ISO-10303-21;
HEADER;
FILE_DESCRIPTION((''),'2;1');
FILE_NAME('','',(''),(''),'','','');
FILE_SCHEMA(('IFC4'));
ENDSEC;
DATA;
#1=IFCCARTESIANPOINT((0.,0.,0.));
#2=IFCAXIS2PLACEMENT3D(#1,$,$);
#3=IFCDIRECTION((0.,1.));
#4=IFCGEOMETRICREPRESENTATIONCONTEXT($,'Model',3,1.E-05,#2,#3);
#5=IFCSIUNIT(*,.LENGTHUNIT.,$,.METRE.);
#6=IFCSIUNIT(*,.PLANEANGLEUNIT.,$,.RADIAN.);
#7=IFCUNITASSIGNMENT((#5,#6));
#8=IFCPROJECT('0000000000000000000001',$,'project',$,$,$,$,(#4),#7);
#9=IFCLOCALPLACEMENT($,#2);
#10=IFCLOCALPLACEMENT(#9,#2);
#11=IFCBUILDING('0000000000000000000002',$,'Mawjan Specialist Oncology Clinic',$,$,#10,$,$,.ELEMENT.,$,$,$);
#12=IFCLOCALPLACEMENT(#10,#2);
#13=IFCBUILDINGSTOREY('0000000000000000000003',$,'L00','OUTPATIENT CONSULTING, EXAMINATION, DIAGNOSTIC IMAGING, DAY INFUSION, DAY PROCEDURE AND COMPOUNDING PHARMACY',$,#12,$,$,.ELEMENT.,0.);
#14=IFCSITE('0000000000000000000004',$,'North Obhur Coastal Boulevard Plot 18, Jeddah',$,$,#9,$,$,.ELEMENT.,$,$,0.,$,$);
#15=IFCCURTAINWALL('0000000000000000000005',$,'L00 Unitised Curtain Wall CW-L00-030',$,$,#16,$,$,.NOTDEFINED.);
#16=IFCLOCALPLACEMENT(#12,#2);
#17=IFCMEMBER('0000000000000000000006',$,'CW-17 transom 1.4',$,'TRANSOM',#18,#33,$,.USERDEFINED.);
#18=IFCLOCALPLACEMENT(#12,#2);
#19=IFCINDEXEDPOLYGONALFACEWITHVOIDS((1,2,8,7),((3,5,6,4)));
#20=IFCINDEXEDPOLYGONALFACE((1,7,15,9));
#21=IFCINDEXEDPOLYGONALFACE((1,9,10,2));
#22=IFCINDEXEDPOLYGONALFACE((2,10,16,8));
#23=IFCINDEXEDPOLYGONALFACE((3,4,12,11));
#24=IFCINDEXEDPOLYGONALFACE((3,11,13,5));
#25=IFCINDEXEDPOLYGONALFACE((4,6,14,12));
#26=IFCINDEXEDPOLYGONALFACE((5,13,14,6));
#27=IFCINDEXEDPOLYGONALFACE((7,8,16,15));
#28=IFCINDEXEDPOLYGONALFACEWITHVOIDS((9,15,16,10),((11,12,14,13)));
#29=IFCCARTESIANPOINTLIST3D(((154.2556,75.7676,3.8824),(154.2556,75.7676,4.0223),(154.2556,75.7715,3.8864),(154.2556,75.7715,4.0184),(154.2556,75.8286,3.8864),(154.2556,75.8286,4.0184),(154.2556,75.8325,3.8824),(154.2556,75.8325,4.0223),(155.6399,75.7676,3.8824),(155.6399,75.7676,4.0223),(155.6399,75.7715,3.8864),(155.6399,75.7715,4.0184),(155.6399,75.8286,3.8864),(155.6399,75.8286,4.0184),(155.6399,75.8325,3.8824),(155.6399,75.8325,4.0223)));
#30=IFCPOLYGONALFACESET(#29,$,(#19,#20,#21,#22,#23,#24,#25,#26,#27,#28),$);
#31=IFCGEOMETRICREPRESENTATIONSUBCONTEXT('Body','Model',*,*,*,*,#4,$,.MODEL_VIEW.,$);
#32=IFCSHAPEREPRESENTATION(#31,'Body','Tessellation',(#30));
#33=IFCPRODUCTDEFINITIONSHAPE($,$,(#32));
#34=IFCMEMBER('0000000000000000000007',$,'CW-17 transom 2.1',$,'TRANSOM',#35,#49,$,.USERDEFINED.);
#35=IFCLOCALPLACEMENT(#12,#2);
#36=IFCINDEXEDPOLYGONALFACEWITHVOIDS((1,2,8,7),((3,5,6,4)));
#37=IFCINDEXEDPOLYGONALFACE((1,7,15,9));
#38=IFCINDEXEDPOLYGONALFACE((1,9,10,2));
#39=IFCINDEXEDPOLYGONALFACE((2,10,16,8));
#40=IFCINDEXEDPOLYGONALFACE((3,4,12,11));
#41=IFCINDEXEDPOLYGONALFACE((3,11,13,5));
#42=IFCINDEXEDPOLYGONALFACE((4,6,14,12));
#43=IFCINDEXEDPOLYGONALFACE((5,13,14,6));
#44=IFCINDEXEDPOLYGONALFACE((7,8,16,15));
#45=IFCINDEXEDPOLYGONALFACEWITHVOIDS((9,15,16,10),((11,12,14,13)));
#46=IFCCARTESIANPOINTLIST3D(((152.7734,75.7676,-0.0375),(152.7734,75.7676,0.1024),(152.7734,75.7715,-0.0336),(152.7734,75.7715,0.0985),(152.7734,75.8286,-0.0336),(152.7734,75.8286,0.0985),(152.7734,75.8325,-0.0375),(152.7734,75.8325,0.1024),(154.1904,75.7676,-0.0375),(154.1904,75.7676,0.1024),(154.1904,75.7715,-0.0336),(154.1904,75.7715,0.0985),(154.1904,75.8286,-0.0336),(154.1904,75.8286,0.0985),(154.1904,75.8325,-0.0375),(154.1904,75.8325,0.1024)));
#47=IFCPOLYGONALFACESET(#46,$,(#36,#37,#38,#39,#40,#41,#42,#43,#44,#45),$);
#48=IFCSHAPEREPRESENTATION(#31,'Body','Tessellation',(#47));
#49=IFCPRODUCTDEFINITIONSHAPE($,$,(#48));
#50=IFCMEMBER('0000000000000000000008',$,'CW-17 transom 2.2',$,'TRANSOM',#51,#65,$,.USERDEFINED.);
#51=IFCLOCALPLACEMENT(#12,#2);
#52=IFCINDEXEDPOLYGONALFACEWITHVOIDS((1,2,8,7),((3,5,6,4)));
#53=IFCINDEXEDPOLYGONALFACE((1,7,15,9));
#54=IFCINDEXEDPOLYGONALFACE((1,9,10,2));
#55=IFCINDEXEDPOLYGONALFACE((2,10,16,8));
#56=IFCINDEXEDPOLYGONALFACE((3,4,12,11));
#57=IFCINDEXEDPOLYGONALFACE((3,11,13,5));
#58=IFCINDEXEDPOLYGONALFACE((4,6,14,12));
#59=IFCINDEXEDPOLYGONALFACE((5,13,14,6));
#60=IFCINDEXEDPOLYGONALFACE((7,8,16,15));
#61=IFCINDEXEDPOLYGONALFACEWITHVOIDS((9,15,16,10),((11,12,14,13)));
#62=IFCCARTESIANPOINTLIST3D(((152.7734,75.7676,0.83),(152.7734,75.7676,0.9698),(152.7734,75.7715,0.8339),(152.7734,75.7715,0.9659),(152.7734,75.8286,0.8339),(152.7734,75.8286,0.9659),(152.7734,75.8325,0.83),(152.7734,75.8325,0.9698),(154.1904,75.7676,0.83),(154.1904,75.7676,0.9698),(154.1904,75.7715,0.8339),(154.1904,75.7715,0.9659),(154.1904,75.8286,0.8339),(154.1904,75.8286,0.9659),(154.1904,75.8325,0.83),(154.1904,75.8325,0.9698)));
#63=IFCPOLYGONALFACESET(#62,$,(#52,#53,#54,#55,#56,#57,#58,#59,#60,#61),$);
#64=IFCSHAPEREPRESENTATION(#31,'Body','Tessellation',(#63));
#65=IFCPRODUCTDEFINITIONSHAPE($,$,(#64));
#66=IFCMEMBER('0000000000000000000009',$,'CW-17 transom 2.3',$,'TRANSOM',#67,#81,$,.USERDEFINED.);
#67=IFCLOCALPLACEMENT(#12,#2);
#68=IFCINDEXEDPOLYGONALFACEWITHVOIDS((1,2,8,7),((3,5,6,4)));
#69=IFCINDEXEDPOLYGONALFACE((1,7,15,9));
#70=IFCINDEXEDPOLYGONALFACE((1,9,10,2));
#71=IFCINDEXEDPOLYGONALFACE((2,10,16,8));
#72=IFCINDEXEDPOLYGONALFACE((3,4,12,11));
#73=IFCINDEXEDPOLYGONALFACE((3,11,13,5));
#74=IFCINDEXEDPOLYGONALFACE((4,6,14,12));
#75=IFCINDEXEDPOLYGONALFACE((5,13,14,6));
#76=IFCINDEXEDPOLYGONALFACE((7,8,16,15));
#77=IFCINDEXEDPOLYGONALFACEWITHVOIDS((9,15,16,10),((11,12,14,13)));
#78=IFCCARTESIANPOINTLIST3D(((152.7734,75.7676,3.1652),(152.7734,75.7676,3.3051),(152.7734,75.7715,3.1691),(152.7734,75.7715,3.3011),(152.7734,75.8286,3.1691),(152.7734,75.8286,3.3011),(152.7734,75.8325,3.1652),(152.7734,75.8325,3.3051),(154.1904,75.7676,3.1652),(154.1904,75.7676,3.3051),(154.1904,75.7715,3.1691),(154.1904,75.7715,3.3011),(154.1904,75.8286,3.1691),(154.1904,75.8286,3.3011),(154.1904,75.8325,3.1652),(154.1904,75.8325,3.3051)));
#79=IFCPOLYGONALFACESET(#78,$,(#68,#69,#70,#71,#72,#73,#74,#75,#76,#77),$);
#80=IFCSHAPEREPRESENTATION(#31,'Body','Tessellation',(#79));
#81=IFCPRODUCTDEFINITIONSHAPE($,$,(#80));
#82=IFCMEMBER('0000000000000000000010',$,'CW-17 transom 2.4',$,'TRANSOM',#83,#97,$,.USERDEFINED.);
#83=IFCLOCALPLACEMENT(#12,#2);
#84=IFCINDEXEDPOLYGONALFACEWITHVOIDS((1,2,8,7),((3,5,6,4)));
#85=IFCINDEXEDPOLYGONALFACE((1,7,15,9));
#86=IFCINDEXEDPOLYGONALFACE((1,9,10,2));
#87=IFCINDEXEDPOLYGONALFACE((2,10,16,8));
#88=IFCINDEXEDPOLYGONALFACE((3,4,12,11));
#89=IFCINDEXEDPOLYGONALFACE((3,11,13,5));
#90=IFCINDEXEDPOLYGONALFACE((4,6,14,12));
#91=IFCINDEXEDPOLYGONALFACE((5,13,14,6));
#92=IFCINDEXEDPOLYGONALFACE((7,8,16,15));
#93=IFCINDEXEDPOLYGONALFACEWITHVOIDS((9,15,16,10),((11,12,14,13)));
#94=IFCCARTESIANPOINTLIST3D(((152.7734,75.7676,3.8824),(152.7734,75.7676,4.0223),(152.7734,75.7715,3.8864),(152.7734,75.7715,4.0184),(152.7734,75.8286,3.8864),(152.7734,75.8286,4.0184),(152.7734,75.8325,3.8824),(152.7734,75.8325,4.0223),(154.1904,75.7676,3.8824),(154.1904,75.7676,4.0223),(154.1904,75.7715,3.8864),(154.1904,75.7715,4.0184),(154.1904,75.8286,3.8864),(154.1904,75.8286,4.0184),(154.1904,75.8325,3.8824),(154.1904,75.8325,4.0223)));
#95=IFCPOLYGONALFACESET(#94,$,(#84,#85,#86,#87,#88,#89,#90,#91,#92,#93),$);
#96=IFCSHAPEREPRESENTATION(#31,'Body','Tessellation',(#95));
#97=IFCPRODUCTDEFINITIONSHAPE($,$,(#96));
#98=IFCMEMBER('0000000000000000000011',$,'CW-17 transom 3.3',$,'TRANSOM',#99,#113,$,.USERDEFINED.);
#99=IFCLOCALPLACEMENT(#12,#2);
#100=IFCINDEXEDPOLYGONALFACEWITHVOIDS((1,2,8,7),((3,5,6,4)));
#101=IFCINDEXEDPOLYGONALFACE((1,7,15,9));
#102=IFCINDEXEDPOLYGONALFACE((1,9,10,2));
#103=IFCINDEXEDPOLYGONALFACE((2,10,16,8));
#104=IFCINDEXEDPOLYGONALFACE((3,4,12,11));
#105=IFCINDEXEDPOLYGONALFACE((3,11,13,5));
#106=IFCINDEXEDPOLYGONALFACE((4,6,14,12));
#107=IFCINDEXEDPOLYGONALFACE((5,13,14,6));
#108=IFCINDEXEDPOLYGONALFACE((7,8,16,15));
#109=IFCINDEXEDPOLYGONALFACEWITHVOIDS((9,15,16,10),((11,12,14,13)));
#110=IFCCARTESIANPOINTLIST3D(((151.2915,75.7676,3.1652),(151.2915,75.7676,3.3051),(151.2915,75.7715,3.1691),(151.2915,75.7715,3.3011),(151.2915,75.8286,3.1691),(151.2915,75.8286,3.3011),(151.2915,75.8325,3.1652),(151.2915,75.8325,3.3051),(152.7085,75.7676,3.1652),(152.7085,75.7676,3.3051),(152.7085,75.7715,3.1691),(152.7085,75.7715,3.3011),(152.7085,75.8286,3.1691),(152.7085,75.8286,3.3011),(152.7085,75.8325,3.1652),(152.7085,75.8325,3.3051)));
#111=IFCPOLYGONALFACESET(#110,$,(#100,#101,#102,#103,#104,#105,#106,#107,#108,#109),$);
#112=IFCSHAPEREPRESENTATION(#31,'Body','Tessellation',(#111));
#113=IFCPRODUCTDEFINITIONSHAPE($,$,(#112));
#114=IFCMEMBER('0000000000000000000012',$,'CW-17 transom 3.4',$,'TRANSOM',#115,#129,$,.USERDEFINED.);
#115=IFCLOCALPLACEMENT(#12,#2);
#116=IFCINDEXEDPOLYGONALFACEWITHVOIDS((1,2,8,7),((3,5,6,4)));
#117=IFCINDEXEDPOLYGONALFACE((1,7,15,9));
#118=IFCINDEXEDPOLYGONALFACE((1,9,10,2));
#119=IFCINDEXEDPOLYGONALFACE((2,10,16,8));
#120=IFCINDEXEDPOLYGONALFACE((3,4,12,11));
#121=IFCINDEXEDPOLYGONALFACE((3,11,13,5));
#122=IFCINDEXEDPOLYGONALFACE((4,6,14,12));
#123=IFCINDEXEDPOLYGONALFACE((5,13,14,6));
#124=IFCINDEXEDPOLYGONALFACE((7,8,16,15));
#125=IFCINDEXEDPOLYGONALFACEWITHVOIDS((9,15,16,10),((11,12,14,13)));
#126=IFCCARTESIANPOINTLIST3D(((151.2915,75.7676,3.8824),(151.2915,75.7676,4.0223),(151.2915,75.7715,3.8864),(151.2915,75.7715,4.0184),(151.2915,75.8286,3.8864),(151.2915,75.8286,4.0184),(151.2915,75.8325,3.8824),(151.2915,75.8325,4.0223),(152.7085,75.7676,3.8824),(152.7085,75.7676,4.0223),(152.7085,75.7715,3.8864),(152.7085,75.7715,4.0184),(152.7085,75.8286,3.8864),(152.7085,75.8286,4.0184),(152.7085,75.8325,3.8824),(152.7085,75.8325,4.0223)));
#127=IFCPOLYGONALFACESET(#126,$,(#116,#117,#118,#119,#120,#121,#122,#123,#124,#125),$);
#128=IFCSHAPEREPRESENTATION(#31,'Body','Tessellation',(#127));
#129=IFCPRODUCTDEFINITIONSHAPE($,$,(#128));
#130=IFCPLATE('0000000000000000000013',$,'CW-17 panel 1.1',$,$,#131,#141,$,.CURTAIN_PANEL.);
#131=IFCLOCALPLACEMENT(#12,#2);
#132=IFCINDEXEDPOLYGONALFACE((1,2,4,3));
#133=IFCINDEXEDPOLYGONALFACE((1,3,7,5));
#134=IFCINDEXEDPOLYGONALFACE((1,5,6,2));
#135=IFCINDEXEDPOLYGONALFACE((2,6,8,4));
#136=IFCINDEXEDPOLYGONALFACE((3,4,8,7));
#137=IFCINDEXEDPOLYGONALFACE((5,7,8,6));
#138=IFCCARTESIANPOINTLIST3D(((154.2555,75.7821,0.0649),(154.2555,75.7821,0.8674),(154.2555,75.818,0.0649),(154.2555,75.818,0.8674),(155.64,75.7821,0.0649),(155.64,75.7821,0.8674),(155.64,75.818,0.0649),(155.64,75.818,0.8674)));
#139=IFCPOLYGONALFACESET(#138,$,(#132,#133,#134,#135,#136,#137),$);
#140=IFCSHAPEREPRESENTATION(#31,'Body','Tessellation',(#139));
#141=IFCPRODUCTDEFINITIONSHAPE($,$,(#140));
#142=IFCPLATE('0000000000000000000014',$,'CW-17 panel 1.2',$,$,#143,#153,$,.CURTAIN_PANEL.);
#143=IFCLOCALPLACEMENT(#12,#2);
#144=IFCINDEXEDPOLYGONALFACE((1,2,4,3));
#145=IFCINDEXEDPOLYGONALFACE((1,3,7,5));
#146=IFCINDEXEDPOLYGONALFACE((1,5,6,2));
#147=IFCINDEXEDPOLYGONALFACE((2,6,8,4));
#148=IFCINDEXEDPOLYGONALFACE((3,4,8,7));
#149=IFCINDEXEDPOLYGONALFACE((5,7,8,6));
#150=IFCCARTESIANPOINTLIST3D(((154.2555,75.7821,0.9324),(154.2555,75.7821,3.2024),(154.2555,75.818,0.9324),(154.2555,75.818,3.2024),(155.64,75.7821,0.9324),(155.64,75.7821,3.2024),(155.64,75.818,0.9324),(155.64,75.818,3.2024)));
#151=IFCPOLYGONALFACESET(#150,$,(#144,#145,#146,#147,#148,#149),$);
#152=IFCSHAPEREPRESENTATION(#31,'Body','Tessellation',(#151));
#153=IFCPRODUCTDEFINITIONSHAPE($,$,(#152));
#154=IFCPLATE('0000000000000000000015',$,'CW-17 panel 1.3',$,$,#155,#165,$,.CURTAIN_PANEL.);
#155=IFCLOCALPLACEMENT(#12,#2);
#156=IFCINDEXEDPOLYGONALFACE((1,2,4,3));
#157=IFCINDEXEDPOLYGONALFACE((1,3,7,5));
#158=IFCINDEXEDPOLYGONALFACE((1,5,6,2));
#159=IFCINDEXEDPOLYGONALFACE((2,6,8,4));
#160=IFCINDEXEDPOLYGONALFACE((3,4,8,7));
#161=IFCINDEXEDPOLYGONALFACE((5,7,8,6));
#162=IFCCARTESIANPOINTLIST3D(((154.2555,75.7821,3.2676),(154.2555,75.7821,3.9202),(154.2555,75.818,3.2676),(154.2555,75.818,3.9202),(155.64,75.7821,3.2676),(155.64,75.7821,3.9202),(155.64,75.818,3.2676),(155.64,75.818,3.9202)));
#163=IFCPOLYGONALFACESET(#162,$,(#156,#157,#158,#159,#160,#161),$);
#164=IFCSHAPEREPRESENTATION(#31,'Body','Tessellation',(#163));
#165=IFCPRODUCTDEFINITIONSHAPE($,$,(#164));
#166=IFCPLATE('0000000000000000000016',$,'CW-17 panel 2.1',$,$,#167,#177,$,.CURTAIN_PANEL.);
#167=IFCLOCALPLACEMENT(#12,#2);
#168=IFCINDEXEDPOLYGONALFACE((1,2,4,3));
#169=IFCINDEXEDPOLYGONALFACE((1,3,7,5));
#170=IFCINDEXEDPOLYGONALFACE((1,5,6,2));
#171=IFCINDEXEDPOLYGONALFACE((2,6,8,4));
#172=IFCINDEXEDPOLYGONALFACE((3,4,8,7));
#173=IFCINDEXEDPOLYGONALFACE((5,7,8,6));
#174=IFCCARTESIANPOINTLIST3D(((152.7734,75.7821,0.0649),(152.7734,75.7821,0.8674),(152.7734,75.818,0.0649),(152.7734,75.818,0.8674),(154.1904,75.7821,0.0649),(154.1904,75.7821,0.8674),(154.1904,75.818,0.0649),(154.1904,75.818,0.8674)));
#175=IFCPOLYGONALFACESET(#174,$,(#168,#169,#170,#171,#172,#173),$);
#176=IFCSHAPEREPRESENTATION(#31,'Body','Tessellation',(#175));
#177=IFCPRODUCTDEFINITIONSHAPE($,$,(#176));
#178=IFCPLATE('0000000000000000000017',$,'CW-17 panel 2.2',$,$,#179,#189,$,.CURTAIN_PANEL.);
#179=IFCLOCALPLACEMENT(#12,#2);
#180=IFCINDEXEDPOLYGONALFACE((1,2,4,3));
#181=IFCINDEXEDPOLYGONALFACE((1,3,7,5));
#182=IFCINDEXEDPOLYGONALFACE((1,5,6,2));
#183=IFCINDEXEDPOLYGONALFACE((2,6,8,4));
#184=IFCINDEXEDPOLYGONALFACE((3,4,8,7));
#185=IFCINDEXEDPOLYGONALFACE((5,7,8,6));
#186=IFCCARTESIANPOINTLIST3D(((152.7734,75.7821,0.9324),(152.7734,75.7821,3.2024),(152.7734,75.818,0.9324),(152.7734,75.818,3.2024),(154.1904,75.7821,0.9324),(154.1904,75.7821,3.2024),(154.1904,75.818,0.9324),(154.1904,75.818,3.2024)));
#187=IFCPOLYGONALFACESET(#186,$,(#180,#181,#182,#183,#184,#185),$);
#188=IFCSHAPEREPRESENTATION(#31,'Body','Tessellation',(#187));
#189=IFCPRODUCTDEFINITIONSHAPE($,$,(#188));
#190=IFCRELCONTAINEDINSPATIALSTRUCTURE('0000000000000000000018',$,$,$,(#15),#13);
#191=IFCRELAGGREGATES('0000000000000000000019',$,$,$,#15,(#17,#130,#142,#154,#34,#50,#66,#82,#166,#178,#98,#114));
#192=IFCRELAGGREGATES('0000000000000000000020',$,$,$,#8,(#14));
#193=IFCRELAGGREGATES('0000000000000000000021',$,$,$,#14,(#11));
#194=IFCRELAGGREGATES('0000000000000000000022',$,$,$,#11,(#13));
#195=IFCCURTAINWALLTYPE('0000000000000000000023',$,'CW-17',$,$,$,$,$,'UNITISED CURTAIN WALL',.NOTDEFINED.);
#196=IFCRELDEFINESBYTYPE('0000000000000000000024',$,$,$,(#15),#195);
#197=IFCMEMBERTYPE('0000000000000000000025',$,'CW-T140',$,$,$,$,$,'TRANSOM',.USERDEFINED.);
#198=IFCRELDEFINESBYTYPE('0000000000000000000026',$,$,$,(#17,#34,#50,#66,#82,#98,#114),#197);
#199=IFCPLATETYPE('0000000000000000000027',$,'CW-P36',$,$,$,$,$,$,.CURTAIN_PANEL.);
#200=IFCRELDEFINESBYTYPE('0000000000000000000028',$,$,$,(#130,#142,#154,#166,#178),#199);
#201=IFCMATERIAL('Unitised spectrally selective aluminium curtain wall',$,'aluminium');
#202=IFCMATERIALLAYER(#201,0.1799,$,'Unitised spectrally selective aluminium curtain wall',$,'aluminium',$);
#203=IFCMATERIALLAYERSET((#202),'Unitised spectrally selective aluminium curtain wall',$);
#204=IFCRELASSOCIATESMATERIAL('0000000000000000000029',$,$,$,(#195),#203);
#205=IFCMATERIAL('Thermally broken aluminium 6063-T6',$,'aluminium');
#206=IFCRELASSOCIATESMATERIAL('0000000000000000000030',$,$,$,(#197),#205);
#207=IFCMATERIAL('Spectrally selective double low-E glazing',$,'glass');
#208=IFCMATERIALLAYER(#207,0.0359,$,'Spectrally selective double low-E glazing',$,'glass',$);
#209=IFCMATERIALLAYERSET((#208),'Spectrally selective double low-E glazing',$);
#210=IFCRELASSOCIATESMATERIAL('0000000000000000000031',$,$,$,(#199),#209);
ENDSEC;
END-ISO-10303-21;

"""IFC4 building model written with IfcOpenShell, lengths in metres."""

from ifc_helpers import new_model, si_unit, direction, frame, origin, origin_2d, place, context, subcontext, project, spatial, rectangle, hollow_rectangle, extrude, material, layer, layer_set, material_profile, profile_set, type_object, element, aggregate, save


model = new_model("IFC4")

# Units and contexts
model_context = context("Model", 3, precision=1e-05, world=origin(), true_north=direction((0.0, 1.0)))
body_context = subcontext(model_context, "Body", "Model", "MODEL_VIEW")
ifc_project = project(units=[si_unit("LENGTHUNIT", "METRE"), si_unit("PLANEANGLEUNIT", "RADIAN")], contexts=[model_context])

# Site, building, storey
site_placement = place(None, origin())
site = spatial("IfcSite", under=ifc_project, at=site_placement, Name="North Obhur Coastal Boulevard Plot 18, Jeddah", CompositionType="ELEMENT", RefElevation=0.0)
building_placement = place(site_placement, origin())
building = spatial("IfcBuilding", under=site, at=building_placement, Name="Mawjan Specialist Oncology Clinic", CompositionType="ELEMENT")
storey_placement = place(building_placement, origin())
storey = spatial("IfcBuildingStorey", under=building, at=storey_placement, Name="L00", Description="OUTPATIENT CONSULTING, EXAMINATION, DIAGNOSTIC IMAGING, DAY INFUSION, DAY PROCEDURE AND COMPOUNDING PHARMACY", CompositionType="ELEMENT", Elevation=0.0)

# Curtain wall, members, plates
ifc_material_1 = material(Name="Unitised spectrally selective aluminium curtain wall", Category="aluminium")
ifc_layer_1 = layer(ifc_material_1, 0.1799, Name="Unitised spectrally selective aluminium curtain wall", Category="aluminium")
ifc_layer_set_1 = layer_set([ifc_layer_1], Name="Unitised spectrally selective aluminium curtain wall")
curtain_wall_type = type_object("IfcCurtainWallType", Name="CW-17", ElementType="UNITISED CURTAIN WALL", PredefinedType="NOTDEFINED", material=ifc_layer_set_1)
curtain_wall_placement = place(storey_placement, origin())
curtain_wall = element("IfcCurtainWall", 1, at=curtain_wall_placement, inside=storey, type_object=curtain_wall_type, Name="L00 Unitised Curtain Wall CW-L00-030", PredefinedType="NOTDEFINED")
ifc_material_2 = material(Name="Thermally broken aluminium 6063-T6", Category="aluminium")
ifc_material_profile_1 = material_profile(ifc_material_2, hollow_rectangle(XDim=0.0649, YDim=0.1399, WallThickness=0.0039, at=origin_2d()), Name="ALU TRANSOM 140x65x4", Category="aluminium")
ifc_profile_set_1 = profile_set([ifc_material_profile_1], Name="Thermally broken aluminium 6063-T6")
member_type_1 = type_object("IfcMemberType", Name="CW-T140", ElementType="TRANSOM", PredefinedType="USERDEFINED", material=ifc_profile_set_1)
member_1_placement = place(storey_placement, frame((155.6399, 75.8, 3.9524), z_axis=(-1.0, 0.0, 0.0), x_axis=(0.0, -1.0, 0.0)))
member_1 = element("IfcMember", 2, at=member_1_placement, type_object=member_type_1, Name="CW-17 transom 1.4", ObjectType="TRANSOM", PredefinedType="USERDEFINED", context=body_context, shape_type="SweptSolid", body=[
    extrude(hollow_rectangle(XDim=0.0649, YDim=0.1399, WallThickness=0.0039, at=origin_2d()), origin(), (0.0, 0.0, 1.0), 1.3843),
])
member_2_placement = place(storey_placement, frame((154.1904, 75.8, 0.0325), z_axis=(-1.0, 0.0, 0.0), x_axis=(0.0, -1.0, 0.0)))
member_2 = element("IfcMember", 3, at=member_2_placement, type_object=member_type_1, Name="CW-17 transom 2.1", ObjectType="TRANSOM", PredefinedType="USERDEFINED", context=body_context, shape_type="SweptSolid", body=[
    extrude(hollow_rectangle(XDim=0.0649, YDim=0.1399, WallThickness=0.0039, at=origin_2d()), origin(), (0.0, 0.0, 1.0), 1.417),
])
member_3_placement = place(storey_placement, frame((154.1904, 75.8, 0.8999), z_axis=(-1.0, 0.0, 0.0), x_axis=(0.0, -1.0, 0.0)))
member_3 = element("IfcMember", 4, at=member_3_placement, type_object=member_type_1, Name="CW-17 transom 2.2", ObjectType="TRANSOM", PredefinedType="USERDEFINED", context=body_context, shape_type="SweptSolid", body=[
    extrude(hollow_rectangle(XDim=0.0649, YDim=0.1399, WallThickness=0.0039, at=origin_2d()), origin(), (0.0, 0.0, 1.0), 1.417),
])
member_4_placement = place(storey_placement, frame((154.1904, 75.8, 3.2351), z_axis=(-1.0, 0.0, 0.0), x_axis=(0.0, -1.0, 0.0)))
member_4 = element("IfcMember", 5, at=member_4_placement, type_object=member_type_1, Name="CW-17 transom 2.3", ObjectType="TRANSOM", PredefinedType="USERDEFINED", context=body_context, shape_type="SweptSolid", body=[
    extrude(hollow_rectangle(XDim=0.0649, YDim=0.1399, WallThickness=0.0039, at=origin_2d()), origin(), (0.0, 0.0, 1.0), 1.417),
])
member_5_placement = place(storey_placement, frame((154.1904, 75.8, 3.9524), z_axis=(-1.0, 0.0, 0.0), x_axis=(0.0, -1.0, 0.0)))
member_5 = element("IfcMember", 6, at=member_5_placement, type_object=member_type_1, Name="CW-17 transom 2.4", ObjectType="TRANSOM", PredefinedType="USERDEFINED", context=body_context, shape_type="SweptSolid", body=[
    extrude(hollow_rectangle(XDim=0.0649, YDim=0.1399, WallThickness=0.0039, at=origin_2d()), origin(), (0.0, 0.0, 1.0), 1.417),
])
member_6_placement = place(storey_placement, frame((152.7085, 75.8, 3.2351), z_axis=(-1.0, 0.0, 0.0), x_axis=(0.0, -1.0, 0.0)))
member_6 = element("IfcMember", 7, at=member_6_placement, type_object=member_type_1, Name="CW-17 transom 3.3", ObjectType="TRANSOM", PredefinedType="USERDEFINED", context=body_context, shape_type="SweptSolid", body=[
    extrude(hollow_rectangle(XDim=0.0649, YDim=0.1399, WallThickness=0.0039, at=origin_2d()), origin(), (0.0, 0.0, 1.0), 1.417),
])
member_7_placement = place(storey_placement, frame((152.7085, 75.8, 3.9524), z_axis=(-1.0, 0.0, 0.0), x_axis=(0.0, -1.0, 0.0)))
member_7 = element("IfcMember", 8, at=member_7_placement, type_object=member_type_1, Name="CW-17 transom 3.4", ObjectType="TRANSOM", PredefinedType="USERDEFINED", context=body_context, shape_type="SweptSolid", body=[
    extrude(hollow_rectangle(XDim=0.0649, YDim=0.1399, WallThickness=0.0039, at=origin_2d()), origin(), (0.0, 0.0, 1.0), 1.417),
])
ifc_material_3 = material(Name="Spectrally selective double low-E glazing", Category="glass")
ifc_layer_2 = layer(ifc_material_3, 0.0359, Name="Spectrally selective double low-E glazing", Category="glass")
ifc_layer_set_2 = layer_set([ifc_layer_2], Name="Spectrally selective double low-E glazing")
plate_type = type_object("IfcPlateType", Name="CW-P36", PredefinedType="CURTAIN_PANEL", material=ifc_layer_set_2)
plate_1_placement = place(storey_placement, frame((154.9478, 75.8, 0.0649), z_axis=(0.0, 0.0, 1.0), x_axis=(-1.0, 0.0, 0.0)))
plate_1 = element("IfcPlate", 9, at=plate_1_placement, type_object=plate_type, Name="CW-17 panel 1.1", PredefinedType="CURTAIN_PANEL", context=body_context, shape_type="SweptSolid", body=[
    extrude(rectangle(XDim=1.3845, YDim=0.0359, at=origin_2d()), origin(), (0.0, 0.0, 1.0), 0.8025),
])
plate_2_placement = place(storey_placement, frame((154.9478, 75.8, 0.9324), z_axis=(0.0, 0.0, 1.0), x_axis=(-1.0, 0.0, 0.0)))
plate_2 = element("IfcPlate", 10, at=plate_2_placement, type_object=plate_type, Name="CW-17 panel 1.2", PredefinedType="CURTAIN_PANEL", context=body_context, shape_type="SweptSolid", body=[
    extrude(rectangle(XDim=1.3845, YDim=0.0359, at=origin_2d()), origin(), (0.0, 0.0, 1.0), 2.27),
])
plate_3_placement = place(storey_placement, frame((154.9478, 75.8, 3.2676), z_axis=(0.0, 0.0, 1.0), x_axis=(-1.0, 0.0, 0.0)))
plate_3 = element("IfcPlate", 11, at=plate_3_placement, type_object=plate_type, Name="CW-17 panel 1.3", PredefinedType="CURTAIN_PANEL", context=body_context, shape_type="SweptSolid", body=[
    extrude(rectangle(XDim=1.3845, YDim=0.0359, at=origin_2d()), origin(), (0.0, 0.0, 1.0), 0.6526),
])
plate_4_placement = place(storey_placement, frame((153.4819, 75.8, 0.0649), z_axis=(0.0, 0.0, 1.0), x_axis=(-1.0, 0.0, 0.0)))
plate_4 = element("IfcPlate", 12, at=plate_4_placement, type_object=plate_type, Name="CW-17 panel 2.1", PredefinedType="CURTAIN_PANEL", context=body_context, shape_type="SweptSolid", body=[
    extrude(rectangle(XDim=1.417, YDim=0.0359, at=origin_2d()), origin(), (0.0, 0.0, 1.0), 0.8025),
])
plate_5_placement = place(storey_placement, frame((153.4819, 75.8, 0.9324), z_axis=(0.0, 0.0, 1.0), x_axis=(-1.0, 0.0, 0.0)))
plate_5 = element("IfcPlate", 13, at=plate_5_placement, type_object=plate_type, Name="CW-17 panel 2.2", PredefinedType="CURTAIN_PANEL", context=body_context, shape_type="SweptSolid", body=[
    extrude(rectangle(XDim=1.417, YDim=0.0359, at=origin_2d()), origin(), (0.0, 0.0, 1.0), 2.27),
])
aggregate(curtain_wall, [member_1, plate_1, plate_2, plate_3, member_2, member_3, member_4, member_5, plate_4, plate_5, member_6, member_7])

save(model, "model.ifc")
